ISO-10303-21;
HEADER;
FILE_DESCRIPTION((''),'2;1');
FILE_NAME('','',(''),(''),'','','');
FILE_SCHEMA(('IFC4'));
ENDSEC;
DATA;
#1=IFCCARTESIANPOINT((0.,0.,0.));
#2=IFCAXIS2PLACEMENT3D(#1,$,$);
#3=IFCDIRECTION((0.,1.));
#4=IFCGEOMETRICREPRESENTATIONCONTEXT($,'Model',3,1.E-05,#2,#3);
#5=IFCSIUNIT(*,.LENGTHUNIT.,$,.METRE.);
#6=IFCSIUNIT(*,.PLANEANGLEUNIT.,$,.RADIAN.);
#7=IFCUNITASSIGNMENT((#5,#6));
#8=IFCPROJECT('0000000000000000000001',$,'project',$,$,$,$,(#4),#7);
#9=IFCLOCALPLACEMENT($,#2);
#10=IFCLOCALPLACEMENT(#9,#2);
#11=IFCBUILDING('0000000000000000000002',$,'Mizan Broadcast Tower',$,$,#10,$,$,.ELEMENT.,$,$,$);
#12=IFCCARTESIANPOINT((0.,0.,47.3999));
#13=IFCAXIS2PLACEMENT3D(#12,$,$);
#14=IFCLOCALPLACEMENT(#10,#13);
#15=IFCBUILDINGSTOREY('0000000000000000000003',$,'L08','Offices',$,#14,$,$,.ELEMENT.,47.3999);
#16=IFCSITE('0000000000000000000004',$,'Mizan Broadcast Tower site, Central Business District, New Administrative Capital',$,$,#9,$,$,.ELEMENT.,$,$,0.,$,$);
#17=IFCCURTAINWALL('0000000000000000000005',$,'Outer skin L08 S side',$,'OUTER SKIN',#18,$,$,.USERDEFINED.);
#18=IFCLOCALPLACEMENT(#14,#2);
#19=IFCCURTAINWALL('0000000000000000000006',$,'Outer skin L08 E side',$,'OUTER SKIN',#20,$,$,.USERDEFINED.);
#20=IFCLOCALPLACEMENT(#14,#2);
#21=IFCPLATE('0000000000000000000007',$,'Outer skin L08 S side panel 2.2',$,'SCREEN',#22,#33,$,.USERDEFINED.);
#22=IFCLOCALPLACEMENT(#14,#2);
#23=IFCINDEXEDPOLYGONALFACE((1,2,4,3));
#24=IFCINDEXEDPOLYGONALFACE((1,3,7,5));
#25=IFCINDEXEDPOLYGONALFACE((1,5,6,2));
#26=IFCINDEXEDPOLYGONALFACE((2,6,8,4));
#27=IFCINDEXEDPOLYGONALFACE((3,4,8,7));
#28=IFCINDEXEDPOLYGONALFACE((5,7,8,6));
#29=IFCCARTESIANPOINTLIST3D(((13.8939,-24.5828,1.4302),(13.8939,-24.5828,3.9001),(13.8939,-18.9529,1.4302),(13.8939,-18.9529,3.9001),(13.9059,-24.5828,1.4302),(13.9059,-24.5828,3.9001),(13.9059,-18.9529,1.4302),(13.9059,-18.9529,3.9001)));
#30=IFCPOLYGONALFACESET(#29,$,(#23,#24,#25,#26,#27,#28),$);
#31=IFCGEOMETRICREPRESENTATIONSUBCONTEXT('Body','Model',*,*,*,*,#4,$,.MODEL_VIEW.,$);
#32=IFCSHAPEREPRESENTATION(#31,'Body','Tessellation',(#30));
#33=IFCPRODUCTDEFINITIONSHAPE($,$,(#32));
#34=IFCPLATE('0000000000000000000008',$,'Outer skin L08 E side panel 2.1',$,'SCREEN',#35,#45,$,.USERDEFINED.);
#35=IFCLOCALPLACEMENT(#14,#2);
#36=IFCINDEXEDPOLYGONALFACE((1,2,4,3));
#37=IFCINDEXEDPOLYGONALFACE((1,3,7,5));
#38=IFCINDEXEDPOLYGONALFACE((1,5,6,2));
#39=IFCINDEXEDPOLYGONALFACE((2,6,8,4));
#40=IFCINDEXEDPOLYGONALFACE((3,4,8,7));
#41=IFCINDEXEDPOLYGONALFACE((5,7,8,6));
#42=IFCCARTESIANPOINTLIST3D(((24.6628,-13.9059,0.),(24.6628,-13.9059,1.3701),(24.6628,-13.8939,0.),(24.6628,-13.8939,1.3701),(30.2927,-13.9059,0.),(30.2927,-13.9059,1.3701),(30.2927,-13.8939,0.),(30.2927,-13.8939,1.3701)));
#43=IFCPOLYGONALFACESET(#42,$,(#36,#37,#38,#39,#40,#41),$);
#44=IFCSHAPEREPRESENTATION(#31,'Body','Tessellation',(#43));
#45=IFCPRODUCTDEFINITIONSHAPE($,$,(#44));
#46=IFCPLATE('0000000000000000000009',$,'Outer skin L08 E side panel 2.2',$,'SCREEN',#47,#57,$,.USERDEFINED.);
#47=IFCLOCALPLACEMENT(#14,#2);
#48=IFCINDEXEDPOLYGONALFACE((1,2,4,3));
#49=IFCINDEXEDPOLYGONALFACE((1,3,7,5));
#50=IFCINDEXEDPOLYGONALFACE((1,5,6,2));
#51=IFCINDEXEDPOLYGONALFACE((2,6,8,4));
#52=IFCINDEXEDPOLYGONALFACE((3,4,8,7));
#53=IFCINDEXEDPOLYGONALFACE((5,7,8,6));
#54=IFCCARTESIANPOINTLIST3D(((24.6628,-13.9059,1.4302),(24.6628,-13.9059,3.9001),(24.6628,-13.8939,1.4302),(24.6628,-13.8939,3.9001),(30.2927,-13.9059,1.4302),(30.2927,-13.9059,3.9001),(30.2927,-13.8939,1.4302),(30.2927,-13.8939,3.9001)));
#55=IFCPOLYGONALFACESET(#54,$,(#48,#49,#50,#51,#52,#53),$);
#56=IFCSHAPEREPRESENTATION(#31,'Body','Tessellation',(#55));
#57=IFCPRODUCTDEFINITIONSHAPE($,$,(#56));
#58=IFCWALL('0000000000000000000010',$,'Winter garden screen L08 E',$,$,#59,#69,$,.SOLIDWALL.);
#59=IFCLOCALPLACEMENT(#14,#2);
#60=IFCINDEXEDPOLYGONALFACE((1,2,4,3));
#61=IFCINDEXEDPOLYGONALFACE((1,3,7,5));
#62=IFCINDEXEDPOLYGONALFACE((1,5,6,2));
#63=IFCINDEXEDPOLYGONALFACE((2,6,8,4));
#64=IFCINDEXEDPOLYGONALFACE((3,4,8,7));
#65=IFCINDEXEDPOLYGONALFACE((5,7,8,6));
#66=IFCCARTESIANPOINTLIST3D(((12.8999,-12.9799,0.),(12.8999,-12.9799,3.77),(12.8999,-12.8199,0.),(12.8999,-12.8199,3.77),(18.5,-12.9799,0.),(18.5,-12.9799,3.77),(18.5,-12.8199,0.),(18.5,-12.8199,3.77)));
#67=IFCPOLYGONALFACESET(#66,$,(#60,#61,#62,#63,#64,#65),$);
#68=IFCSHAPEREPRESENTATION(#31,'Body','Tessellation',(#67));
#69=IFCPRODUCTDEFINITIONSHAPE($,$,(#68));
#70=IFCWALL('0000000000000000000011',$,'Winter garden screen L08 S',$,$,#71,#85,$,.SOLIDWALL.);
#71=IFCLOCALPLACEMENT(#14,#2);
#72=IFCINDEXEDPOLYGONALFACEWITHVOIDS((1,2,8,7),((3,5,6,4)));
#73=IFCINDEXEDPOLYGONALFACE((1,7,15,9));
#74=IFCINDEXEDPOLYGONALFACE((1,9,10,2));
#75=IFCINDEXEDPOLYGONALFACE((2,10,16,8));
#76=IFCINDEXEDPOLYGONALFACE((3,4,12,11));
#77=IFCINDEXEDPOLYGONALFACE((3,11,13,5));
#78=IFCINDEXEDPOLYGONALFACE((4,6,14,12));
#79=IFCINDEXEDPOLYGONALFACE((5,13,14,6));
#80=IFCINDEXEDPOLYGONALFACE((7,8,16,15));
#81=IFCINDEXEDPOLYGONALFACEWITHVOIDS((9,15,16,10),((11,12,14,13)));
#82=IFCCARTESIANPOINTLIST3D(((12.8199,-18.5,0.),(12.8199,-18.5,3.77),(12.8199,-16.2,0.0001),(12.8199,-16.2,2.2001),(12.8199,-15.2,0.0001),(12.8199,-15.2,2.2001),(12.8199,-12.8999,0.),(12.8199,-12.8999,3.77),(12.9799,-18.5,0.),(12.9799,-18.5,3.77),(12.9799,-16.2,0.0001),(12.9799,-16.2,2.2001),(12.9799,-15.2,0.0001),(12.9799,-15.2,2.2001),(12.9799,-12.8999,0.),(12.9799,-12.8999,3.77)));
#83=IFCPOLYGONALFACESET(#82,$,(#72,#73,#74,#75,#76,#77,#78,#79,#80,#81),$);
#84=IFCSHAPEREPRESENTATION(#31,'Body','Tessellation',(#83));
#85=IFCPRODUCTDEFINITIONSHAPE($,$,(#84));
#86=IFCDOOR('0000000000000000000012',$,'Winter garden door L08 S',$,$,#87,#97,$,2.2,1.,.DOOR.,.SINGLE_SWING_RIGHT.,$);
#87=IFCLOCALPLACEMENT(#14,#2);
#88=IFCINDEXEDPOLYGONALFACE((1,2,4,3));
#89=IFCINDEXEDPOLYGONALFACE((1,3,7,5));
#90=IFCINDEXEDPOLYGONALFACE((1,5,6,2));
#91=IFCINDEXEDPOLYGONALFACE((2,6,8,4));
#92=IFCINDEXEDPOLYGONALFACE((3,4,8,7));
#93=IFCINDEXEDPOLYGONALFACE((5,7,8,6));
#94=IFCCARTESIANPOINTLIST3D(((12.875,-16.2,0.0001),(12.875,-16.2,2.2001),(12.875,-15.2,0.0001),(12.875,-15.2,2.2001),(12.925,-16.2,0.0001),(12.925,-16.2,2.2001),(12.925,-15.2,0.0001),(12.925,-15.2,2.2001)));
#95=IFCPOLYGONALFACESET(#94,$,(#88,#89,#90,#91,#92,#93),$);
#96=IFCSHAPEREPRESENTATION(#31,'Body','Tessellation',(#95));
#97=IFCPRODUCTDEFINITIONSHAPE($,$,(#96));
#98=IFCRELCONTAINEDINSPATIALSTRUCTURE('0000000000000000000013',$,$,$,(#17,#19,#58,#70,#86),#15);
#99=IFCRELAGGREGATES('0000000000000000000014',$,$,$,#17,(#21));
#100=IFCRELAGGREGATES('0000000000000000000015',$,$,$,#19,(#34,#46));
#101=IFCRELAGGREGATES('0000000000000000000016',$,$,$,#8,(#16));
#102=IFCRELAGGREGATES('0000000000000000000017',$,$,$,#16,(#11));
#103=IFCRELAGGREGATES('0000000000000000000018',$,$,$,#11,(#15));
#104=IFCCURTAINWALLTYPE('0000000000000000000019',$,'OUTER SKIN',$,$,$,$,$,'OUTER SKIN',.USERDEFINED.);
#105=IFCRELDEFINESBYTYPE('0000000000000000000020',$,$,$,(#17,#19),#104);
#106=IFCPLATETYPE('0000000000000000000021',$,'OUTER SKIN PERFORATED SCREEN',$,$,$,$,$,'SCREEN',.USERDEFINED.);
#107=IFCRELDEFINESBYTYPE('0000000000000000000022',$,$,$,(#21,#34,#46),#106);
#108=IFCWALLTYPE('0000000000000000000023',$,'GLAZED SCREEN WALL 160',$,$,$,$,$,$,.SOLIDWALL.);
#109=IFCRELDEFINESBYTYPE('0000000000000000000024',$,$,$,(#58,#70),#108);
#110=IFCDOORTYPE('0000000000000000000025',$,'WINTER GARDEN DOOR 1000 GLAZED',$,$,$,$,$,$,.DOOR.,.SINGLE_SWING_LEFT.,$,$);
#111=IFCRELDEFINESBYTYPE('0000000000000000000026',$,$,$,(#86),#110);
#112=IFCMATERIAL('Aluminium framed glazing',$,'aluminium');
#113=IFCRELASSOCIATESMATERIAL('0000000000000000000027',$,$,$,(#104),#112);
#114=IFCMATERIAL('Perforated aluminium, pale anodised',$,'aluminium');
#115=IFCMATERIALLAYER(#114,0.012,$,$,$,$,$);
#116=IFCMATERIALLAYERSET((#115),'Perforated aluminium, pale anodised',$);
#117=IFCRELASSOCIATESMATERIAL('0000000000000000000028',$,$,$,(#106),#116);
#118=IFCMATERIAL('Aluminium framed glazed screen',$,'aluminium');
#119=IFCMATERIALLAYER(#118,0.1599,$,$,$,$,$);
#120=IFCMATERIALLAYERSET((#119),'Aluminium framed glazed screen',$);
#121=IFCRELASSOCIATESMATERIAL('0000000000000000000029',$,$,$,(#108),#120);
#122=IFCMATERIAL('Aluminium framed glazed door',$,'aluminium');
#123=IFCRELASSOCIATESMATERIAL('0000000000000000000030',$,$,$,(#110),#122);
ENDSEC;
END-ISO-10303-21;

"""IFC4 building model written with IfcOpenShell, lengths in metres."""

from ifc_helpers import new_model, si_unit, direction, frame, frame_2d, origin, origin_2d, place, context, subcontext, project, spatial, rectangle, extrude, material, layer, layer_set, type_object, element, fill, aggregate, save


model = new_model("IFC4")

# Units and contexts
model_context = context("Model", 3, precision=1e-05, world=origin(), true_north=direction((0.0, 1.0)))
body_context = subcontext(model_context, "Body", "Model", "MODEL_VIEW")
ifc_project = project(units=[si_unit("LENGTHUNIT", "METRE"), si_unit("PLANEANGLEUNIT", "RADIAN")], contexts=[model_context])

# Site, building, storey
site_placement = place(None, origin())
site = spatial("IfcSite", under=ifc_project, at=site_placement, Name="Mizan Broadcast Tower site, Central Business District, New Administrative Capital", CompositionType="ELEMENT", RefElevation=0.0)
building_placement = place(site_placement, origin())
building = spatial("IfcBuilding", under=site, at=building_placement, Name="Mizan Broadcast Tower", CompositionType="ELEMENT")
storey_placement = place(building_placement, frame((0.0, 0.0, 47.3999)))
storey = spatial("IfcBuildingStorey", under=building, at=storey_placement, Name="L08", Description="Offices", CompositionType="ELEMENT", Elevation=47.3999)

# Shared definitions
ifc_material_1 = material(Name="Aluminium framed glazing", Category="aluminium")
curtain_wall_type_1 = type_object("IfcCurtainWallType", Name="OUTER SKIN", ElementType="OUTER SKIN", PredefinedType="USERDEFINED", material=ifc_material_1)

# Curtain wall
curtain_wall_1_placement = place(storey_placement, origin())
curtain_wall_1 = element("IfcCurtainWall", 1, at=curtain_wall_1_placement, inside=storey, type_object=curtain_wall_type_1, Name="Outer skin L08 S side", ObjectType="OUTER SKIN", PredefinedType="USERDEFINED")

# Curtain wall
curtain_wall_2_placement = place(storey_placement, origin())
curtain_wall_2 = element("IfcCurtainWall", 2, at=curtain_wall_2_placement, inside=storey, type_object=curtain_wall_type_1, Name="Outer skin L08 E side", ObjectType="OUTER SKIN", PredefinedType="USERDEFINED")

# Plates
ifc_material_2 = material(Name="Perforated aluminium, pale anodised", Category="aluminium")
ifc_layer_1 = layer(ifc_material_2, 0.012)
ifc_layer_set_1 = layer_set([ifc_layer_1], Name="Perforated aluminium, pale anodised")
plate_type_1 = type_object("IfcPlateType", Name="OUTER SKIN PERFORATED SCREEN", ElementType="SCREEN", PredefinedType="USERDEFINED", material=ifc_layer_set_1)
plate_1_placement = place(storey_placement, frame((13.8999, -21.7678, 1.4302), z_axis=(0.0, 0.0, 1.0), x_axis=(0.0, 1.0, 0.0)))
plate_1 = element("IfcPlate", 3, at=plate_1_placement, type_object=plate_type_1, Name="Outer skin L08 S side panel 2.2", ObjectType="SCREEN", PredefinedType="USERDEFINED", context=body_context, shape_type="SweptSolid", body=[
    extrude(rectangle(XDim=5.6299, YDim=0.012, at=origin_2d()), origin(), (0.0, 0.0, 1.0), 2.47),
])
aggregate(curtain_wall_1, [plate_1])
plate_2_placement = place(storey_placement, frame((27.4778, -13.8999, 0.0), z_axis=(0.0, 0.0, 1.0), x_axis=(1.0, 0.0, 0.0)))
plate_2 = element("IfcPlate", 4, at=plate_2_placement, type_object=plate_type_1, Name="Outer skin L08 E side panel 2.1", ObjectType="SCREEN", PredefinedType="USERDEFINED", context=body_context, shape_type="SweptSolid", body=[
    extrude(rectangle(XDim=5.6299, YDim=0.012, at=origin_2d()), origin(), (0.0, 0.0, 1.0), 1.3701),
])
plate_3_placement = place(storey_placement, frame((27.4778, -13.8999, 1.4302), z_axis=(0.0, 0.0, 1.0), x_axis=(1.0, 0.0, 0.0)))
plate_3 = element("IfcPlate", 5, at=plate_3_placement, type_object=plate_type_1, Name="Outer skin L08 E side panel 2.2", ObjectType="SCREEN", PredefinedType="USERDEFINED", context=body_context, shape_type="SweptSolid", body=[
    extrude(rectangle(XDim=5.6299, YDim=0.012, at=origin_2d()), origin(), (0.0, 0.0, 1.0), 2.47),
])
aggregate(curtain_wall_2, [plate_2, plate_3])

# Wall
ifc_material_3 = material(Name="Aluminium framed glazed screen", Category="aluminium")
ifc_layer_2 = layer(ifc_material_3, 0.1599)
ifc_layer_set_2 = layer_set([ifc_layer_2], Name="Aluminium framed glazed screen")
wall_type = type_object("IfcWallType", Name="GLAZED SCREEN WALL 160", PredefinedType="SOLIDWALL", material=ifc_layer_set_2)
wall_1_placement = place(storey_placement, frame((12.8999, -12.8999, 0.0), z_axis=(0.0, 0.0, 1.0), x_axis=(1.0, 0.0, 0.0)))
element("IfcWall", 6, at=wall_1_placement, inside=storey, type_object=wall_type, Name="Winter garden screen L08 E", PredefinedType="SOLIDWALL", context=body_context, shape_type="SweptSolid", body=[
    extrude(rectangle(XDim=5.6001, YDim=0.1599, at=frame_2d((2.8, 0.0))), origin(), (0.0, 0.0, 1.0), 3.77),
])

# Wall, opening, door
wall_2_placement = place(storey_placement, frame((12.8999, -18.5, 0.0), z_axis=(0.0, 0.0, 1.0), x_axis=(0.0, 1.0, 0.0)))
wall_2 = element("IfcWall", 7, at=wall_2_placement, inside=storey, type_object=wall_type, Name="Winter garden screen L08 S", PredefinedType="SOLIDWALL", context=body_context, shape_type="SweptSolid", body=[
    extrude(rectangle(XDim=5.6001, YDim=0.1599, at=frame_2d((2.8, 0.0))), origin(), (0.0, 0.0, 1.0), 3.77),
])
opening_placement = place(wall_2_placement, frame((2.3, 0.0, 0.0)))
opening = element("IfcOpeningElement", 8, at=opening_placement, cuts=wall_2, PredefinedType="OPENING", context=body_context, shape_type="SweptSolid", body=[
    extrude(rectangle(XDim=1.0, YDim=2.2, at=frame_2d((0.5, 1.1001))), frame((0.0, 0.0898, 0.0), z_axis=(0.0, -1.0, 0.0), x_axis=(1.0, 0.0, 0.0)), (0.0, 0.0, 1.0), 0.1799),
])
ifc_material_4 = material(Name="Aluminium framed glazed door", Category="aluminium")
door_type = type_object("IfcDoorType", Name="WINTER GARDEN DOOR 1000 GLAZED", OperationType="SINGLE_SWING_LEFT", PredefinedType="DOOR", material=ifc_material_4)
door_placement = place(opening_placement, origin())
door = element("IfcDoor", 9, at=door_placement, inside=storey, type_object=door_type, Name="Winter garden door L08 S", OperationType="SINGLE_SWING_RIGHT", OverallHeight=2.2, OverallWidth=1.0, PredefinedType="DOOR", context=body_context, shape_type="SweptSolid", body=[
    extrude(rectangle(XDim=1.0, YDim=2.2, at=frame_2d((0.5, 1.1001))), frame((0.0, 0.0249, 0.0), z_axis=(0.0, -1.0, 0.0), x_axis=(1.0, 0.0, 0.0)), (0.0, 0.0, 1.0), 0.05),
])
fill(opening, door)

save(model, "model.ifc")
